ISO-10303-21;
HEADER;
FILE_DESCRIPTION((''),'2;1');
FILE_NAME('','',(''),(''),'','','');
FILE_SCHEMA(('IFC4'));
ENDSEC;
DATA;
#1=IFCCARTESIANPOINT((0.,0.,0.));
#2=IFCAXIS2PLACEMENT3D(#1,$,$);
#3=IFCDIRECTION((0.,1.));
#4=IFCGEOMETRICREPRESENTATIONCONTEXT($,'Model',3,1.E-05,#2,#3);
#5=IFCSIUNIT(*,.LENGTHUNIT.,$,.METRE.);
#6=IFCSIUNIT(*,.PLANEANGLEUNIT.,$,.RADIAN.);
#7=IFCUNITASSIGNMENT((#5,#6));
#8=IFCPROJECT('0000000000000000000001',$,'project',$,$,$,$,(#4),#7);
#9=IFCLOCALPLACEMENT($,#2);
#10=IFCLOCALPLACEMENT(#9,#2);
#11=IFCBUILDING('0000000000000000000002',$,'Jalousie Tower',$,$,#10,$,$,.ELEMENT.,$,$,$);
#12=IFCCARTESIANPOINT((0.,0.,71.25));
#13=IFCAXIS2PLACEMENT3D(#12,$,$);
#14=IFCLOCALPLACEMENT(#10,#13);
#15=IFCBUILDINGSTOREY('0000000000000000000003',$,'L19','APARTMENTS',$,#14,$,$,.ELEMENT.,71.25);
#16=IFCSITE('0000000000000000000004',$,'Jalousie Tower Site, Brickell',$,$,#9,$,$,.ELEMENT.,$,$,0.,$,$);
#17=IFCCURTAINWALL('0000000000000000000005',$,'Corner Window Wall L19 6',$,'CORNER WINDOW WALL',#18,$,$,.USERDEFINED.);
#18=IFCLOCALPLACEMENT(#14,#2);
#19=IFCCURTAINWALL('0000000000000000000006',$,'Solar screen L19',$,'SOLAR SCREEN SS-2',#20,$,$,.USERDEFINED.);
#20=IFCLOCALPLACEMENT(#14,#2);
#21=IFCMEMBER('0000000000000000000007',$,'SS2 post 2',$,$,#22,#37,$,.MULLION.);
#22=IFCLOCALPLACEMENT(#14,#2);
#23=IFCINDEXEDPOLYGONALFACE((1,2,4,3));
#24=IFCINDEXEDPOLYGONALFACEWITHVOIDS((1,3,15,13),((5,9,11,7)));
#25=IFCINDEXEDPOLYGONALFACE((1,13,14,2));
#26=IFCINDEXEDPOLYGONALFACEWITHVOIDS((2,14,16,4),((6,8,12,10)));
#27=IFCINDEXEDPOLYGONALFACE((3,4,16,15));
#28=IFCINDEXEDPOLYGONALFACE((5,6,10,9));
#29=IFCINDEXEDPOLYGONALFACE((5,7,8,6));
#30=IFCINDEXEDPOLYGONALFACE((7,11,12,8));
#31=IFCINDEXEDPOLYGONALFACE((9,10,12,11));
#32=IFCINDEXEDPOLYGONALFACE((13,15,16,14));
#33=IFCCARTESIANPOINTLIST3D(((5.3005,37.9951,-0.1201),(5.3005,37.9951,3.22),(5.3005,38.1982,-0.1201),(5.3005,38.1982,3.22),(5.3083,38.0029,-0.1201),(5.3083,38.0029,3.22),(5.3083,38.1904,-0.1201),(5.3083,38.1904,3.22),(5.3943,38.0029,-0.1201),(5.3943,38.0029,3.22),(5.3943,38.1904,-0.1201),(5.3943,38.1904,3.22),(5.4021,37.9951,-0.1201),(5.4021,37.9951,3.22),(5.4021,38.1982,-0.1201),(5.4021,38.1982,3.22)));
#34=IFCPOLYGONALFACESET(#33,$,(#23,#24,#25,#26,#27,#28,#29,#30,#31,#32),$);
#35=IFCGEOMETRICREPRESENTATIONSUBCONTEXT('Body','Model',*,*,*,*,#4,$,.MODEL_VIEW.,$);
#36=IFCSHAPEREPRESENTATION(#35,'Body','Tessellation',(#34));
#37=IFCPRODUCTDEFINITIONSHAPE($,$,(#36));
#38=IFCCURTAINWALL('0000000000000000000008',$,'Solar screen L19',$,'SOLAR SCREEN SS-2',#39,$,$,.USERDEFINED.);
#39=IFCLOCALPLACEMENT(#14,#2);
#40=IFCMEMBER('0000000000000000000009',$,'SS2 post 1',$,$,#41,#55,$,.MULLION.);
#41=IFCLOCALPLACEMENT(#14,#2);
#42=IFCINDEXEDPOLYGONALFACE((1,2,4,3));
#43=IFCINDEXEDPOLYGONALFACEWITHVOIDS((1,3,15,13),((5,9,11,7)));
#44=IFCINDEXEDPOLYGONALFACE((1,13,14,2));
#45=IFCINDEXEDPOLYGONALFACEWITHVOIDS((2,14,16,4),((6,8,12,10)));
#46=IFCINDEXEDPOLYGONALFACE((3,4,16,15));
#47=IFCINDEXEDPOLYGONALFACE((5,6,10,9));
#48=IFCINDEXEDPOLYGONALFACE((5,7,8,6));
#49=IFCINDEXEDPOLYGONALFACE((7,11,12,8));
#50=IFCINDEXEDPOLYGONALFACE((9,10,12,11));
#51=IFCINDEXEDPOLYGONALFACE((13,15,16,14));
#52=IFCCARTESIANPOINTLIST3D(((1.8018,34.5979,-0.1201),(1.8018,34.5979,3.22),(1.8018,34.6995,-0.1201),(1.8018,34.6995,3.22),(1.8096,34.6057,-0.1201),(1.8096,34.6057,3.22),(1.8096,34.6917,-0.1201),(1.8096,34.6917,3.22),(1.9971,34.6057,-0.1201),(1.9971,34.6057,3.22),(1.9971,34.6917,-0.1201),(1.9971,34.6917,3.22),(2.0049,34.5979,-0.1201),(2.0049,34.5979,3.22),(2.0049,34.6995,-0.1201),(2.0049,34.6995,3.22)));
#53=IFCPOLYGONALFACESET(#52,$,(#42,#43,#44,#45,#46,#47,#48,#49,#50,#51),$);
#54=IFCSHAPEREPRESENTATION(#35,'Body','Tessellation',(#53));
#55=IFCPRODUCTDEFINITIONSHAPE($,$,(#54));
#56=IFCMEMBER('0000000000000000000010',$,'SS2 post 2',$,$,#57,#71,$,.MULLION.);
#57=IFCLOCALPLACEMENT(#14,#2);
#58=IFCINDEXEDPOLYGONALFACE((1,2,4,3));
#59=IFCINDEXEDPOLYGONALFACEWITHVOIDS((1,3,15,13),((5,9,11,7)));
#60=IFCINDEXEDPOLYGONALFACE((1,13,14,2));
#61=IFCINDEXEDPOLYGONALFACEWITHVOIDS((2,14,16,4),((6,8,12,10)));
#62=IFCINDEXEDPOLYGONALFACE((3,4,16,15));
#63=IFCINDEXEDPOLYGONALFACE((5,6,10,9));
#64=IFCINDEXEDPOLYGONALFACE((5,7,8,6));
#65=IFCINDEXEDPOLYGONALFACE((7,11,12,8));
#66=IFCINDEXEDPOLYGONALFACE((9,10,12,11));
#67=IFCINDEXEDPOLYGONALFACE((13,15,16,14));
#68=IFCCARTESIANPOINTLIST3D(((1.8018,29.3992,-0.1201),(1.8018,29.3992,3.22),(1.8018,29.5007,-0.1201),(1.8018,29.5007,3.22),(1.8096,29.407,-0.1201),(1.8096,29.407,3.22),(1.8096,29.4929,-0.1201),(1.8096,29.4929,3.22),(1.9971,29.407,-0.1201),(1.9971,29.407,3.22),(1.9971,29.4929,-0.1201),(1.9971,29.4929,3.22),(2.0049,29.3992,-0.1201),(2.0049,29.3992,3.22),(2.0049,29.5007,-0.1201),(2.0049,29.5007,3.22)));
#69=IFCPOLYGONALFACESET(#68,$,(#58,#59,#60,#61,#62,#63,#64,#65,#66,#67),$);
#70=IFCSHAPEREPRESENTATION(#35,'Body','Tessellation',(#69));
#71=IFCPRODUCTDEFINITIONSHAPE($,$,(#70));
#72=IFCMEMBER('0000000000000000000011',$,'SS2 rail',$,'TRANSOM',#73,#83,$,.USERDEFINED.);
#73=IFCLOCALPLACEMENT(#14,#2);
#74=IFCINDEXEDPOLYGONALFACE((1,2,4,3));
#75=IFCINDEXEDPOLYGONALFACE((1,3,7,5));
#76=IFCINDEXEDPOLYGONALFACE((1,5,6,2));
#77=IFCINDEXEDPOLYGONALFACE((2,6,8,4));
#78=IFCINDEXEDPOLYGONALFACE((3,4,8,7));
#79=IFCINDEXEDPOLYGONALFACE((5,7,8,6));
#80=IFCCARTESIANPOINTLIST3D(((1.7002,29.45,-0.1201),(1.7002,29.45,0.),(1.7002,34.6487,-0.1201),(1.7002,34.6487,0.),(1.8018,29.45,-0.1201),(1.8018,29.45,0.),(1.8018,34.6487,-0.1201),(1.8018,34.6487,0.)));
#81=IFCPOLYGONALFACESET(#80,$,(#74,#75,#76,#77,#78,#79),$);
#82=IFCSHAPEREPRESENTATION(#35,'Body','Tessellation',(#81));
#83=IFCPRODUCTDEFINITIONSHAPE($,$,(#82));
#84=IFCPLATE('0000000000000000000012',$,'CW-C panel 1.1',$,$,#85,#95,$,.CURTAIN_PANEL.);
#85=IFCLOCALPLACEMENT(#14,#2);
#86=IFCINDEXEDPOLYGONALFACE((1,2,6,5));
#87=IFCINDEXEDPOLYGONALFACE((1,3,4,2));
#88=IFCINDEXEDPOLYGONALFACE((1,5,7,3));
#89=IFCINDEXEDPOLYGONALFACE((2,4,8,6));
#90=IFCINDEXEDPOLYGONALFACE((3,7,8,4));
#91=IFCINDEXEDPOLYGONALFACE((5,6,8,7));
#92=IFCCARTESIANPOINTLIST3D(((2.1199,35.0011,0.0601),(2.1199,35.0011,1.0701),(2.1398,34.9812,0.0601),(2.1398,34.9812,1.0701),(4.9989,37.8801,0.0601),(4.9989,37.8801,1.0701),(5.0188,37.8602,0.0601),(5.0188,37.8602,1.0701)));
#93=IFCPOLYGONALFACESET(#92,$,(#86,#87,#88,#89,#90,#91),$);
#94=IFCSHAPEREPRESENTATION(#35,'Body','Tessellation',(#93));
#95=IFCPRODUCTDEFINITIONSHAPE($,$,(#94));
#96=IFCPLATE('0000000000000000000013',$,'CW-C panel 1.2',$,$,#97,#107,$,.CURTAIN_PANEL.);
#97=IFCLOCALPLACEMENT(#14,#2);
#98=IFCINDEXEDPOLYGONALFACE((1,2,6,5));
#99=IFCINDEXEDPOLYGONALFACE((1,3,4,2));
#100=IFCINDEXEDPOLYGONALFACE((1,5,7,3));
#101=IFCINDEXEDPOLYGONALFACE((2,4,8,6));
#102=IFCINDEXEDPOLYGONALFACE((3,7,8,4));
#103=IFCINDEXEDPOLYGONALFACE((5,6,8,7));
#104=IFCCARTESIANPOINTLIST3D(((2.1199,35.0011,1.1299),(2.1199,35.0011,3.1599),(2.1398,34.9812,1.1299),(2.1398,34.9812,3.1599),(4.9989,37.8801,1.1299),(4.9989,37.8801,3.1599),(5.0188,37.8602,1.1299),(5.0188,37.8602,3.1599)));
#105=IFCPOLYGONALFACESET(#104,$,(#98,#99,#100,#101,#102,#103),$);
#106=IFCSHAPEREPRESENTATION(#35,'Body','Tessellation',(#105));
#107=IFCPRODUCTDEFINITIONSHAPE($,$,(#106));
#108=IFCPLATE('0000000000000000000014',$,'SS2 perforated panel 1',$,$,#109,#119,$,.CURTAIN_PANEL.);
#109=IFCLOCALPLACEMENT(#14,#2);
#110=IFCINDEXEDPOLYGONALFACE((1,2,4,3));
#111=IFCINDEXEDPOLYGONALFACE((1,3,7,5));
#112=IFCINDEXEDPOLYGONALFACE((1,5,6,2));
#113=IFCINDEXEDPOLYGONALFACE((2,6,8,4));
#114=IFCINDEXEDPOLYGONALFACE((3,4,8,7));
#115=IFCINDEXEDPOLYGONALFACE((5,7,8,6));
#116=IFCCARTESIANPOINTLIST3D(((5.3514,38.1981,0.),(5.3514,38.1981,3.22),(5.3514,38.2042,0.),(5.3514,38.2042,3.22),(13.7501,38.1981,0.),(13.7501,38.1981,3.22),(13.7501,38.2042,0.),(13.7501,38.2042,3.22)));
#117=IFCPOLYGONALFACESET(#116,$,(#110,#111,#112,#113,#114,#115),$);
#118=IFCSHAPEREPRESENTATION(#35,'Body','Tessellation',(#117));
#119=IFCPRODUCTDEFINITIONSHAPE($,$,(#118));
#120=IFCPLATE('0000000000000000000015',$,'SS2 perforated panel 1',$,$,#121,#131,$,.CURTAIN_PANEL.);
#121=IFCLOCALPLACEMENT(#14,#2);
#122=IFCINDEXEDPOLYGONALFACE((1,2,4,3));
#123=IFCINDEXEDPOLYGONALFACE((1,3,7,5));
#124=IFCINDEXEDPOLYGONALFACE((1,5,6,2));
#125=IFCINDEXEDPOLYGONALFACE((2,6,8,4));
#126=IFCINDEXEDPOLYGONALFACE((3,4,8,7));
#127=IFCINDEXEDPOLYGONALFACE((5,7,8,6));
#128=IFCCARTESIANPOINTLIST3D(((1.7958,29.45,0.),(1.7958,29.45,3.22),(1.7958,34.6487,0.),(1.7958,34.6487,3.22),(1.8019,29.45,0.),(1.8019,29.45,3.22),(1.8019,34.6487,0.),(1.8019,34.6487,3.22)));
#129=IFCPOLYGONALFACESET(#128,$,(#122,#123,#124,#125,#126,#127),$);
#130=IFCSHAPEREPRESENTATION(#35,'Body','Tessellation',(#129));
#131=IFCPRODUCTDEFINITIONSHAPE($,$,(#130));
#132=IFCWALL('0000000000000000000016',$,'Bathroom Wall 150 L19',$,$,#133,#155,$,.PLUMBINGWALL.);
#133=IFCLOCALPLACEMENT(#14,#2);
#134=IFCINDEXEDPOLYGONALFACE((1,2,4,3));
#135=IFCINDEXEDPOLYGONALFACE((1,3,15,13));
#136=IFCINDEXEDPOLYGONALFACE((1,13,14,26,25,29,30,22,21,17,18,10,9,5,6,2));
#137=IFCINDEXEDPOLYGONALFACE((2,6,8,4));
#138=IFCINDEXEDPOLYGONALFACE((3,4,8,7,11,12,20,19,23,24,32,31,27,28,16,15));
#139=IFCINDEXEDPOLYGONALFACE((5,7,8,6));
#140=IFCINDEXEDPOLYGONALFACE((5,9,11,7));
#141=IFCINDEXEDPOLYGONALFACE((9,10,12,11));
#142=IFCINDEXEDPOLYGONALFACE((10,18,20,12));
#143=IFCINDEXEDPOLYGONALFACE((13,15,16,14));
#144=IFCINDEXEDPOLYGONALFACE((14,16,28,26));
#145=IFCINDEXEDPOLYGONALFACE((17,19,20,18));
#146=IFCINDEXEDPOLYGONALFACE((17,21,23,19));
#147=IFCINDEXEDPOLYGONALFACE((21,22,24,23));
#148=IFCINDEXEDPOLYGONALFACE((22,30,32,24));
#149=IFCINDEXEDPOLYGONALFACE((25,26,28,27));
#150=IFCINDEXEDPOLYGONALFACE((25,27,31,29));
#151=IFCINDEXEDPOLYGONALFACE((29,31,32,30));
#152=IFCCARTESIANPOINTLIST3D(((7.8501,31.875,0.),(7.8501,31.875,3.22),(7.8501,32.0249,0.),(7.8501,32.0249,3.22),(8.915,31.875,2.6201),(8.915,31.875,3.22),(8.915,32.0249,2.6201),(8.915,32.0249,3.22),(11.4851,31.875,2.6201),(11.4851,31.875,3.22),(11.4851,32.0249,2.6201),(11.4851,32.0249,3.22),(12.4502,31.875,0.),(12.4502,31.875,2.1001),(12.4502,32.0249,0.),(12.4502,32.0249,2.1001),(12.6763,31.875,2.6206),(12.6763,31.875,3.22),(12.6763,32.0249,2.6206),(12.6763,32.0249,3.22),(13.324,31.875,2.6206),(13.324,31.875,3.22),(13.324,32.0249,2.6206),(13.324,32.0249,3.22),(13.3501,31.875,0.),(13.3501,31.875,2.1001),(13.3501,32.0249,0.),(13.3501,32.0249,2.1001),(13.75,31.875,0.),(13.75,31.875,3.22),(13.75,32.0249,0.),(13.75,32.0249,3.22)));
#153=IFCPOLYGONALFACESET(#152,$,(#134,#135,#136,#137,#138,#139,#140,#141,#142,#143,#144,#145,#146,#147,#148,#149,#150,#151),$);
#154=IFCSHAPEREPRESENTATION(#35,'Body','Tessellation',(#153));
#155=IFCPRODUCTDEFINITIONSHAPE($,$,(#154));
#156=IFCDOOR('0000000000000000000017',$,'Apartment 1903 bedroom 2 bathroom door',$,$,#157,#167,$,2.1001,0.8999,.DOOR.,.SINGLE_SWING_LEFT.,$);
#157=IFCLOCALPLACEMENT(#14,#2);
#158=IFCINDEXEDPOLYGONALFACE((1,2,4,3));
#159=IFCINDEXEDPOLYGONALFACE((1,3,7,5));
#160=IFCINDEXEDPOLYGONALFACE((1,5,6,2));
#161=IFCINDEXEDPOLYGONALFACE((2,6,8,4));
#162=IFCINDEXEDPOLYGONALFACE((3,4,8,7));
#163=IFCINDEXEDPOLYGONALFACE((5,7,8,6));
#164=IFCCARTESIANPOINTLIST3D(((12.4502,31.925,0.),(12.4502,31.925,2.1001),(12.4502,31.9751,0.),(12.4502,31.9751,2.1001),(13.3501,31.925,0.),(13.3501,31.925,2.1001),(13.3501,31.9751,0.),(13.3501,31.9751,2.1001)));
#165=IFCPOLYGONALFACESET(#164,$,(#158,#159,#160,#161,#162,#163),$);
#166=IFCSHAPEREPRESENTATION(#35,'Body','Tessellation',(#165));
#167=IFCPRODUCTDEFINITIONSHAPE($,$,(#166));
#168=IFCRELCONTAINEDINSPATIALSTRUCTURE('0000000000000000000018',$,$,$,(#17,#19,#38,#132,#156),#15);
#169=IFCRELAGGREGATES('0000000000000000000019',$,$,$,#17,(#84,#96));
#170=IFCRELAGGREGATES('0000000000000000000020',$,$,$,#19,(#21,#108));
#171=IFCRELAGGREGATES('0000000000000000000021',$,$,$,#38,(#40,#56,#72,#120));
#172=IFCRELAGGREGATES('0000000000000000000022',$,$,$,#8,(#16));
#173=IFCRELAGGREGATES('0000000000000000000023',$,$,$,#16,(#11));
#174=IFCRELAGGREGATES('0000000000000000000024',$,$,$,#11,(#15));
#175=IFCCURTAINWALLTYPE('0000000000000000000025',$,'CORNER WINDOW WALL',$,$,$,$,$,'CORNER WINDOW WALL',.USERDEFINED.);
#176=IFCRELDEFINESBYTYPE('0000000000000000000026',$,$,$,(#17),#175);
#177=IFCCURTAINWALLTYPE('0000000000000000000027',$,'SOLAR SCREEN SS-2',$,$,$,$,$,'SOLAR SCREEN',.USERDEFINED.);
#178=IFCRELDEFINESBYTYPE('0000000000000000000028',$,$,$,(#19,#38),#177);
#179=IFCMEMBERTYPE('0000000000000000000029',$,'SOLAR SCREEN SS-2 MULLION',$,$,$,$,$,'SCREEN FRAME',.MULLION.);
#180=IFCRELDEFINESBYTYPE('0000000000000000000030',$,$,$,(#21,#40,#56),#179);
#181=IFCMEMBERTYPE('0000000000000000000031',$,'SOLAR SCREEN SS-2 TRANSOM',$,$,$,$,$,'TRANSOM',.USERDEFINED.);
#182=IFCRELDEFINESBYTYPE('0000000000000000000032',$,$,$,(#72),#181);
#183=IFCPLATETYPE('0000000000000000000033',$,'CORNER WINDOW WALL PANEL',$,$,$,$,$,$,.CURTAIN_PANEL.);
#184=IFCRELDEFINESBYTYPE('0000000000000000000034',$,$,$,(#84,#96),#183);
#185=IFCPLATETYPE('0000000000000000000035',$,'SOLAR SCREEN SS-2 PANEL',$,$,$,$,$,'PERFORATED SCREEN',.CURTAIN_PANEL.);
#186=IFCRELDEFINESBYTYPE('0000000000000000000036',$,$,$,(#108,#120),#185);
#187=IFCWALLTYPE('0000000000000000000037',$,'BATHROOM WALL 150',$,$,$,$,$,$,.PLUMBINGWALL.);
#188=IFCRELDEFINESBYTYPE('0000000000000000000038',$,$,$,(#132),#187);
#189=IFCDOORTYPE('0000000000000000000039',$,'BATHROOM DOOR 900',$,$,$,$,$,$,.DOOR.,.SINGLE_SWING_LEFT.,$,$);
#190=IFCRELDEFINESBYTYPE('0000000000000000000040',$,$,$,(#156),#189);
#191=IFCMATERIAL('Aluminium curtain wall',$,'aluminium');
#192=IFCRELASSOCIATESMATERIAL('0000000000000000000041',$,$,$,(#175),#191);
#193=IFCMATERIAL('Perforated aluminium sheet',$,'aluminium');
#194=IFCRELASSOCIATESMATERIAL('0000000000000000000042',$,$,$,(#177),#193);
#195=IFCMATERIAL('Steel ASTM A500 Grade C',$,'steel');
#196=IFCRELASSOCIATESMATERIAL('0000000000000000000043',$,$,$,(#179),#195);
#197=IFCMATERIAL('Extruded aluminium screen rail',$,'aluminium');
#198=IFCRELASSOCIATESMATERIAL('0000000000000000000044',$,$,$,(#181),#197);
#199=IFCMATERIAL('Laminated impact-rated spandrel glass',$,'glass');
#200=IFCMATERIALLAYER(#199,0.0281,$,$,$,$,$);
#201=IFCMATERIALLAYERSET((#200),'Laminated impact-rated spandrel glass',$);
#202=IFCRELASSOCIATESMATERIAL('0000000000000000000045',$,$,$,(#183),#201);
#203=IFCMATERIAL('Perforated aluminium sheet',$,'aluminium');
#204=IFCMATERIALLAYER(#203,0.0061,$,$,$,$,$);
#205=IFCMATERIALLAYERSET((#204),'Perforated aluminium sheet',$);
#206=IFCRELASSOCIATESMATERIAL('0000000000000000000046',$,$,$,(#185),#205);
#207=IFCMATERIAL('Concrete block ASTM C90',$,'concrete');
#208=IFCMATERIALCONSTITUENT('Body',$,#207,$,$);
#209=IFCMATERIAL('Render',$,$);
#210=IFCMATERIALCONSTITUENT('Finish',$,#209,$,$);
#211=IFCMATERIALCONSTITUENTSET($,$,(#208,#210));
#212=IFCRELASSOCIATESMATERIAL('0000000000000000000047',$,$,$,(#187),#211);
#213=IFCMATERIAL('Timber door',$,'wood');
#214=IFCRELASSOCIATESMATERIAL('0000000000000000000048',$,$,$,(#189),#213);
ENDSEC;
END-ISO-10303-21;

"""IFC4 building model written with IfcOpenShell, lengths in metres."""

from ifc_helpers import new_model, si_unit, direction, frame, frame_2d, origin, origin_2d, place, context, subcontext, project, spatial, polyline, rectangle, hollow_rectangle, outline, extrude, material, layer, layer_set, constituent, constituent_set, material_profile, profile_set, type_object, element, fill, aggregate, save


model = new_model("IFC4")

# Units and contexts
model_context = context("Model", 3, precision=1e-05, world=origin(), true_north=direction((0.0, 1.0)))
body_context = subcontext(model_context, "Body", "Model", "MODEL_VIEW")
ifc_project = project(units=[si_unit("LENGTHUNIT", "METRE"), si_unit("PLANEANGLEUNIT", "RADIAN")], contexts=[model_context])

# Site, building, storey
site_placement = place(None, origin())
site = spatial("IfcSite", under=ifc_project, at=site_placement, Name="Jalousie Tower Site, Brickell", CompositionType="ELEMENT", RefElevation=0.0)
building_placement = place(site_placement, origin())
building = spatial("IfcBuilding", under=site, at=building_placement, Name="Jalousie Tower", CompositionType="ELEMENT")
storey_placement = place(building_placement, frame((0.0, 0.0, 71.25)))
storey = spatial("IfcBuildingStorey", under=building, at=storey_placement, Name="L19", Description="APARTMENTS", CompositionType="ELEMENT", Elevation=71.25)

# Curtain wall
ifc_material_1 = material(Name="Aluminium curtain wall", Category="aluminium")
curtain_wall_type_1 = type_object("IfcCurtainWallType", Name="CORNER WINDOW WALL", ElementType="CORNER WINDOW WALL", PredefinedType="USERDEFINED", material=ifc_material_1)
curtain_wall_1_placement = place(storey_placement, origin())
curtain_wall_1 = element("IfcCurtainWall", 1, at=curtain_wall_1_placement, inside=storey, type_object=curtain_wall_type_1, Name="Corner Window Wall L19 6", ObjectType="CORNER WINDOW WALL", PredefinedType="USERDEFINED")

# Curtain wall, member
ifc_material_2 = material(Name="Perforated aluminium sheet", Category="aluminium")
curtain_wall_type_2 = type_object("IfcCurtainWallType", Name="SOLAR SCREEN SS-2", ElementType="SOLAR SCREEN", PredefinedType="USERDEFINED", material=ifc_material_2)
curtain_wall_2_placement = place(storey_placement, origin())
curtain_wall_2 = element("IfcCurtainWall", 2, at=curtain_wall_2_placement, inside=storey, type_object=curtain_wall_type_2, Name="Solar screen L19", ObjectType="SOLAR SCREEN SS-2", PredefinedType="USERDEFINED")
ifc_material_3 = material(Name="Steel ASTM A500 Grade C", Category="steel")
ifc_material_profile_1 = material_profile(ifc_material_3, hollow_rectangle(XDim=0.1016, YDim=0.2031, WallThickness=0.0078, at=origin_2d()), Name="HSS8X4X5/16")
ifc_profile_set_1 = profile_set([ifc_material_profile_1], Name="Steel ASTM A500 Grade C")
member_type_1 = type_object("IfcMemberType", Name="SOLAR SCREEN SS-2 MULLION", ElementType="SCREEN FRAME", PredefinedType="MULLION", material=ifc_profile_set_1)
member_1_placement = place(storey_placement, frame((5.3513, 38.0967, -0.1201), z_axis=(0.0, 0.0, 1.0), x_axis=(-1.0, 0.0, 0.0)))
member_1 = element("IfcMember", 3, at=member_1_placement, type_object=member_type_1, Name="SS2 post 2", PredefinedType="MULLION", context=body_context, shape_type="SweptSolid", body=[
    extrude(hollow_rectangle(XDim=0.1016, YDim=0.2031, WallThickness=0.0078, at=origin_2d()), origin(), (0.0, 0.0, 1.0), 3.3401),
])

# Curtain wall, members
curtain_wall_3_placement = place(storey_placement, origin())
curtain_wall_3 = element("IfcCurtainWall", 4, at=curtain_wall_3_placement, inside=storey, type_object=curtain_wall_type_2, Name="Solar screen L19", ObjectType="SOLAR SCREEN SS-2", PredefinedType="USERDEFINED")
member_2_placement = place(storey_placement, frame((1.9033, 34.6487, -0.1201), z_axis=(0.0, 0.0, 1.0), x_axis=(0.0, -1.0, 0.0)))
member_2 = element("IfcMember", 5, at=member_2_placement, type_object=member_type_1, Name="SS2 post 1", PredefinedType="MULLION", context=body_context, shape_type="SweptSolid", body=[
    extrude(hollow_rectangle(XDim=0.1016, YDim=0.2031, WallThickness=0.0078, at=origin_2d()), origin(), (0.0, 0.0, 1.0), 3.3401),
])
member_3_placement = place(storey_placement, frame((1.9033, 29.45, -0.1201), z_axis=(0.0, 0.0, 1.0), x_axis=(0.0, -1.0, 0.0)))
member_3 = element("IfcMember", 6, at=member_3_placement, type_object=member_type_1, Name="SS2 post 2", PredefinedType="MULLION", context=body_context, shape_type="SweptSolid", body=[
    extrude(hollow_rectangle(XDim=0.1016, YDim=0.2031, WallThickness=0.0078, at=origin_2d()), origin(), (0.0, 0.0, 1.0), 3.3401),
])
ifc_material_4 = material(Name="Extruded aluminium screen rail", Category="aluminium")
ifc_material_profile_2 = material_profile(ifc_material_4, rectangle(XDim=0.1016, YDim=0.1201, at=origin_2d()), Name="RAIL 102x120")
ifc_profile_set_2 = profile_set([ifc_material_profile_2], Name="Extruded aluminium screen rail")
member_type_2 = type_object("IfcMemberType", Name="SOLAR SCREEN SS-2 TRANSOM", ElementType="TRANSOM", PredefinedType="USERDEFINED", material=ifc_profile_set_2)
member_4_placement = place(storey_placement, frame((1.751, 34.6487, -0.0601), z_axis=(0.0, -1.0, 0.0), x_axis=(1.0, 0.0, 0.0)))
member_4 = element("IfcMember", 7, at=member_4_placement, type_object=member_type_2, Name="SS2 rail", ObjectType="TRANSOM", PredefinedType="USERDEFINED", context=body_context, shape_type="SweptSolid", body=[
    extrude(rectangle(XDim=0.1016, YDim=0.1201, at=origin_2d()), origin(), (0.0, 0.0, 1.0), 5.1987),
])

# Plates
ifc_material_5 = material(Name="Laminated impact-rated spandrel glass", Category="glass")
ifc_layer_1 = layer(ifc_material_5, 0.0281)
ifc_layer_set_1 = layer_set([ifc_layer_1], Name="Laminated impact-rated spandrel glass")
plate_type_1 = type_object("IfcPlateType", Name="CORNER WINDOW WALL PANEL", PredefinedType="CURTAIN_PANEL", material=ifc_layer_set_1)
plate_1_placement = place(storey_placement, frame((3.5693, 36.4307, 0.0601), z_axis=(0.0, 0.0, 1.0), x_axis=(-0.707107, -0.707107, 0.0)))
plate_1 = element("IfcPlate", 8, at=plate_1_placement, type_object=plate_type_1, Name="CW-C panel 1.1", PredefinedType="CURTAIN_PANEL", context=body_context, shape_type="SweptSolid", body=[
    extrude(rectangle(XDim=4.0715, YDim=0.0281, at=origin_2d()), origin(), (0.0, 0.0, 1.0), 1.01),
])
plate_2_placement = place(storey_placement, frame((3.5693, 36.4307, 1.1299), z_axis=(0.0, 0.0, 1.0), x_axis=(-0.707107, -0.707107, 0.0)))
plate_2 = element("IfcPlate", 9, at=plate_2_placement, type_object=plate_type_1, Name="CW-C panel 1.2", PredefinedType="CURTAIN_PANEL", context=body_context, shape_type="SweptSolid", body=[
    extrude(rectangle(XDim=4.0715, YDim=0.0281, at=origin_2d()), origin(), (0.0, 0.0, 1.0), 2.03),
])
aggregate(curtain_wall_1, [plate_1, plate_2])
ifc_material_6 = material(Name="Perforated aluminium sheet", Category="aluminium")
ifc_layer_2 = layer(ifc_material_6, 0.0061)
ifc_layer_set_2 = layer_set([ifc_layer_2], Name="Perforated aluminium sheet")
plate_type_2 = type_object("IfcPlateType", Name="SOLAR SCREEN SS-2 PANEL", ElementType="PERFORATED SCREEN", PredefinedType="CURTAIN_PANEL", material=ifc_layer_set_2)
plate_3_placement = place(storey_placement, frame((9.5508, 38.2012, 0.0), z_axis=(0.0, 0.0, 1.0), x_axis=(-1.0, 0.0, 0.0)))
plate_3 = element("IfcPlate", 10, at=plate_3_placement, type_object=plate_type_2, Name="SS2 perforated panel 1", PredefinedType="CURTAIN_PANEL", context=body_context, shape_type="SweptSolid", body=[
    extrude(rectangle(XDim=8.3987, YDim=0.0061, at=origin_2d()), origin(), (0.0, 0.0, 1.0), 3.22),
])
aggregate(curtain_wall_2, [member_1, plate_3])
plate_4_placement = place(storey_placement, frame((1.7988, 32.0493, 0.0), z_axis=(0.0, 0.0, 1.0), x_axis=(0.0, -1.0, 0.0)))
plate_4 = element("IfcPlate", 11, at=plate_4_placement, type_object=plate_type_2, Name="SS2 perforated panel 1", PredefinedType="CURTAIN_PANEL", context=body_context, shape_type="SweptSolid", body=[
    extrude(rectangle(XDim=5.1987, YDim=0.0061, at=origin_2d()), origin(), (0.0, 0.0, 1.0), 3.22),
])
aggregate(curtain_wall_3, [member_2, member_3, member_4, plate_4])

# Wall, opening, door
ifc_material_7 = material(Name="Concrete block ASTM C90", Category="concrete")
ifc_constituent_1 = constituent(ifc_material_7, Name="Body")
ifc_material_8 = material(Name="Render")
ifc_constituent_2 = constituent(ifc_material_8, Name="Finish")
ifc_constituent_set_1 = constituent_set(constituents=[ifc_constituent_1, ifc_constituent_2])
wall_type_1 = type_object("IfcWallType", Name="BATHROOM WALL 150", PredefinedType="PLUMBINGWALL", material=ifc_constituent_set_1)
wall_1_placement = place(storey_placement, frame((7.8501, 31.95, 0.0), z_axis=(0.0, 0.0, 1.0), x_axis=(1.0, 0.0, 0.0)))
wall_1 = element("IfcWall", 12, at=wall_1_placement, inside=storey, type_object=wall_type_1, Name="Bathroom Wall 150 L19", PredefinedType="PLUMBINGWALL", context=body_context, shape_type="SweptSolid", body=[
    extrude(outline(polyline([(0.0, 0.0), (5.8999, 0.0), (5.8999, 3.22), (5.4739, 3.22), (5.4739, 2.6206), (4.8262, 2.6206), (4.8262, 3.22), (3.635, 3.22), (3.635, 2.6201), (1.0649, 2.6201), (1.0649, 3.22), (0.0, 3.22), (0.0, 0.0)])), frame((0.0, 0.075, 0.0), z_axis=(0.0, -1.0, 0.0), x_axis=(1.0, 0.0, 0.0)), (0.0, 0.0, 1.0), 0.1499),
])
opening_1_placement = place(wall_1_placement, frame((4.6001, 0.0, 0.0)))
opening_1 = element("IfcOpeningElement", 13, at=opening_1_placement, cuts=wall_1, PredefinedType="OPENING", context=body_context, shape_type="SweptSolid", body=[
    extrude(rectangle(XDim=0.8999, YDim=2.1001, at=frame_2d((0.45, 1.05))), frame((0.0, 0.085, 0.0), z_axis=(0.0, -1.0, 0.0), x_axis=(1.0, 0.0, 0.0)), (0.0, 0.0, 1.0), 0.1699),
])
ifc_material_9 = material(Name="Timber door", Category="wood")
door_type_1 = type_object("IfcDoorType", Name="BATHROOM DOOR 900", OperationType="SINGLE_SWING_LEFT", PredefinedType="DOOR", material=ifc_material_9)
door_1_placement = place(opening_1_placement, frame((0.8999, 0.0, 0.0), z_axis=(0.0, 0.0, 1.0), x_axis=(-1.0, 0.0, 0.0)))
door_1 = element("IfcDoor", 14, at=door_1_placement, inside=storey, type_object=door_type_1, Name="Apartment 1903 bedroom 2 bathroom door", OperationType="SINGLE_SWING_LEFT", OverallHeight=2.1001, OverallWidth=0.8999, PredefinedType="DOOR", context=body_context, shape_type="SweptSolid", body=[
    extrude(rectangle(XDim=0.8999, YDim=2.1001, at=frame_2d((0.45, 1.05))), frame((0.0, 0.0249, 0.0), z_axis=(0.0, -1.0, 0.0), x_axis=(1.0, 0.0, 0.0)), (0.0, 0.0, 1.0), 0.05),
])
fill(opening_1, door_1)

save(model, "model.ifc")
